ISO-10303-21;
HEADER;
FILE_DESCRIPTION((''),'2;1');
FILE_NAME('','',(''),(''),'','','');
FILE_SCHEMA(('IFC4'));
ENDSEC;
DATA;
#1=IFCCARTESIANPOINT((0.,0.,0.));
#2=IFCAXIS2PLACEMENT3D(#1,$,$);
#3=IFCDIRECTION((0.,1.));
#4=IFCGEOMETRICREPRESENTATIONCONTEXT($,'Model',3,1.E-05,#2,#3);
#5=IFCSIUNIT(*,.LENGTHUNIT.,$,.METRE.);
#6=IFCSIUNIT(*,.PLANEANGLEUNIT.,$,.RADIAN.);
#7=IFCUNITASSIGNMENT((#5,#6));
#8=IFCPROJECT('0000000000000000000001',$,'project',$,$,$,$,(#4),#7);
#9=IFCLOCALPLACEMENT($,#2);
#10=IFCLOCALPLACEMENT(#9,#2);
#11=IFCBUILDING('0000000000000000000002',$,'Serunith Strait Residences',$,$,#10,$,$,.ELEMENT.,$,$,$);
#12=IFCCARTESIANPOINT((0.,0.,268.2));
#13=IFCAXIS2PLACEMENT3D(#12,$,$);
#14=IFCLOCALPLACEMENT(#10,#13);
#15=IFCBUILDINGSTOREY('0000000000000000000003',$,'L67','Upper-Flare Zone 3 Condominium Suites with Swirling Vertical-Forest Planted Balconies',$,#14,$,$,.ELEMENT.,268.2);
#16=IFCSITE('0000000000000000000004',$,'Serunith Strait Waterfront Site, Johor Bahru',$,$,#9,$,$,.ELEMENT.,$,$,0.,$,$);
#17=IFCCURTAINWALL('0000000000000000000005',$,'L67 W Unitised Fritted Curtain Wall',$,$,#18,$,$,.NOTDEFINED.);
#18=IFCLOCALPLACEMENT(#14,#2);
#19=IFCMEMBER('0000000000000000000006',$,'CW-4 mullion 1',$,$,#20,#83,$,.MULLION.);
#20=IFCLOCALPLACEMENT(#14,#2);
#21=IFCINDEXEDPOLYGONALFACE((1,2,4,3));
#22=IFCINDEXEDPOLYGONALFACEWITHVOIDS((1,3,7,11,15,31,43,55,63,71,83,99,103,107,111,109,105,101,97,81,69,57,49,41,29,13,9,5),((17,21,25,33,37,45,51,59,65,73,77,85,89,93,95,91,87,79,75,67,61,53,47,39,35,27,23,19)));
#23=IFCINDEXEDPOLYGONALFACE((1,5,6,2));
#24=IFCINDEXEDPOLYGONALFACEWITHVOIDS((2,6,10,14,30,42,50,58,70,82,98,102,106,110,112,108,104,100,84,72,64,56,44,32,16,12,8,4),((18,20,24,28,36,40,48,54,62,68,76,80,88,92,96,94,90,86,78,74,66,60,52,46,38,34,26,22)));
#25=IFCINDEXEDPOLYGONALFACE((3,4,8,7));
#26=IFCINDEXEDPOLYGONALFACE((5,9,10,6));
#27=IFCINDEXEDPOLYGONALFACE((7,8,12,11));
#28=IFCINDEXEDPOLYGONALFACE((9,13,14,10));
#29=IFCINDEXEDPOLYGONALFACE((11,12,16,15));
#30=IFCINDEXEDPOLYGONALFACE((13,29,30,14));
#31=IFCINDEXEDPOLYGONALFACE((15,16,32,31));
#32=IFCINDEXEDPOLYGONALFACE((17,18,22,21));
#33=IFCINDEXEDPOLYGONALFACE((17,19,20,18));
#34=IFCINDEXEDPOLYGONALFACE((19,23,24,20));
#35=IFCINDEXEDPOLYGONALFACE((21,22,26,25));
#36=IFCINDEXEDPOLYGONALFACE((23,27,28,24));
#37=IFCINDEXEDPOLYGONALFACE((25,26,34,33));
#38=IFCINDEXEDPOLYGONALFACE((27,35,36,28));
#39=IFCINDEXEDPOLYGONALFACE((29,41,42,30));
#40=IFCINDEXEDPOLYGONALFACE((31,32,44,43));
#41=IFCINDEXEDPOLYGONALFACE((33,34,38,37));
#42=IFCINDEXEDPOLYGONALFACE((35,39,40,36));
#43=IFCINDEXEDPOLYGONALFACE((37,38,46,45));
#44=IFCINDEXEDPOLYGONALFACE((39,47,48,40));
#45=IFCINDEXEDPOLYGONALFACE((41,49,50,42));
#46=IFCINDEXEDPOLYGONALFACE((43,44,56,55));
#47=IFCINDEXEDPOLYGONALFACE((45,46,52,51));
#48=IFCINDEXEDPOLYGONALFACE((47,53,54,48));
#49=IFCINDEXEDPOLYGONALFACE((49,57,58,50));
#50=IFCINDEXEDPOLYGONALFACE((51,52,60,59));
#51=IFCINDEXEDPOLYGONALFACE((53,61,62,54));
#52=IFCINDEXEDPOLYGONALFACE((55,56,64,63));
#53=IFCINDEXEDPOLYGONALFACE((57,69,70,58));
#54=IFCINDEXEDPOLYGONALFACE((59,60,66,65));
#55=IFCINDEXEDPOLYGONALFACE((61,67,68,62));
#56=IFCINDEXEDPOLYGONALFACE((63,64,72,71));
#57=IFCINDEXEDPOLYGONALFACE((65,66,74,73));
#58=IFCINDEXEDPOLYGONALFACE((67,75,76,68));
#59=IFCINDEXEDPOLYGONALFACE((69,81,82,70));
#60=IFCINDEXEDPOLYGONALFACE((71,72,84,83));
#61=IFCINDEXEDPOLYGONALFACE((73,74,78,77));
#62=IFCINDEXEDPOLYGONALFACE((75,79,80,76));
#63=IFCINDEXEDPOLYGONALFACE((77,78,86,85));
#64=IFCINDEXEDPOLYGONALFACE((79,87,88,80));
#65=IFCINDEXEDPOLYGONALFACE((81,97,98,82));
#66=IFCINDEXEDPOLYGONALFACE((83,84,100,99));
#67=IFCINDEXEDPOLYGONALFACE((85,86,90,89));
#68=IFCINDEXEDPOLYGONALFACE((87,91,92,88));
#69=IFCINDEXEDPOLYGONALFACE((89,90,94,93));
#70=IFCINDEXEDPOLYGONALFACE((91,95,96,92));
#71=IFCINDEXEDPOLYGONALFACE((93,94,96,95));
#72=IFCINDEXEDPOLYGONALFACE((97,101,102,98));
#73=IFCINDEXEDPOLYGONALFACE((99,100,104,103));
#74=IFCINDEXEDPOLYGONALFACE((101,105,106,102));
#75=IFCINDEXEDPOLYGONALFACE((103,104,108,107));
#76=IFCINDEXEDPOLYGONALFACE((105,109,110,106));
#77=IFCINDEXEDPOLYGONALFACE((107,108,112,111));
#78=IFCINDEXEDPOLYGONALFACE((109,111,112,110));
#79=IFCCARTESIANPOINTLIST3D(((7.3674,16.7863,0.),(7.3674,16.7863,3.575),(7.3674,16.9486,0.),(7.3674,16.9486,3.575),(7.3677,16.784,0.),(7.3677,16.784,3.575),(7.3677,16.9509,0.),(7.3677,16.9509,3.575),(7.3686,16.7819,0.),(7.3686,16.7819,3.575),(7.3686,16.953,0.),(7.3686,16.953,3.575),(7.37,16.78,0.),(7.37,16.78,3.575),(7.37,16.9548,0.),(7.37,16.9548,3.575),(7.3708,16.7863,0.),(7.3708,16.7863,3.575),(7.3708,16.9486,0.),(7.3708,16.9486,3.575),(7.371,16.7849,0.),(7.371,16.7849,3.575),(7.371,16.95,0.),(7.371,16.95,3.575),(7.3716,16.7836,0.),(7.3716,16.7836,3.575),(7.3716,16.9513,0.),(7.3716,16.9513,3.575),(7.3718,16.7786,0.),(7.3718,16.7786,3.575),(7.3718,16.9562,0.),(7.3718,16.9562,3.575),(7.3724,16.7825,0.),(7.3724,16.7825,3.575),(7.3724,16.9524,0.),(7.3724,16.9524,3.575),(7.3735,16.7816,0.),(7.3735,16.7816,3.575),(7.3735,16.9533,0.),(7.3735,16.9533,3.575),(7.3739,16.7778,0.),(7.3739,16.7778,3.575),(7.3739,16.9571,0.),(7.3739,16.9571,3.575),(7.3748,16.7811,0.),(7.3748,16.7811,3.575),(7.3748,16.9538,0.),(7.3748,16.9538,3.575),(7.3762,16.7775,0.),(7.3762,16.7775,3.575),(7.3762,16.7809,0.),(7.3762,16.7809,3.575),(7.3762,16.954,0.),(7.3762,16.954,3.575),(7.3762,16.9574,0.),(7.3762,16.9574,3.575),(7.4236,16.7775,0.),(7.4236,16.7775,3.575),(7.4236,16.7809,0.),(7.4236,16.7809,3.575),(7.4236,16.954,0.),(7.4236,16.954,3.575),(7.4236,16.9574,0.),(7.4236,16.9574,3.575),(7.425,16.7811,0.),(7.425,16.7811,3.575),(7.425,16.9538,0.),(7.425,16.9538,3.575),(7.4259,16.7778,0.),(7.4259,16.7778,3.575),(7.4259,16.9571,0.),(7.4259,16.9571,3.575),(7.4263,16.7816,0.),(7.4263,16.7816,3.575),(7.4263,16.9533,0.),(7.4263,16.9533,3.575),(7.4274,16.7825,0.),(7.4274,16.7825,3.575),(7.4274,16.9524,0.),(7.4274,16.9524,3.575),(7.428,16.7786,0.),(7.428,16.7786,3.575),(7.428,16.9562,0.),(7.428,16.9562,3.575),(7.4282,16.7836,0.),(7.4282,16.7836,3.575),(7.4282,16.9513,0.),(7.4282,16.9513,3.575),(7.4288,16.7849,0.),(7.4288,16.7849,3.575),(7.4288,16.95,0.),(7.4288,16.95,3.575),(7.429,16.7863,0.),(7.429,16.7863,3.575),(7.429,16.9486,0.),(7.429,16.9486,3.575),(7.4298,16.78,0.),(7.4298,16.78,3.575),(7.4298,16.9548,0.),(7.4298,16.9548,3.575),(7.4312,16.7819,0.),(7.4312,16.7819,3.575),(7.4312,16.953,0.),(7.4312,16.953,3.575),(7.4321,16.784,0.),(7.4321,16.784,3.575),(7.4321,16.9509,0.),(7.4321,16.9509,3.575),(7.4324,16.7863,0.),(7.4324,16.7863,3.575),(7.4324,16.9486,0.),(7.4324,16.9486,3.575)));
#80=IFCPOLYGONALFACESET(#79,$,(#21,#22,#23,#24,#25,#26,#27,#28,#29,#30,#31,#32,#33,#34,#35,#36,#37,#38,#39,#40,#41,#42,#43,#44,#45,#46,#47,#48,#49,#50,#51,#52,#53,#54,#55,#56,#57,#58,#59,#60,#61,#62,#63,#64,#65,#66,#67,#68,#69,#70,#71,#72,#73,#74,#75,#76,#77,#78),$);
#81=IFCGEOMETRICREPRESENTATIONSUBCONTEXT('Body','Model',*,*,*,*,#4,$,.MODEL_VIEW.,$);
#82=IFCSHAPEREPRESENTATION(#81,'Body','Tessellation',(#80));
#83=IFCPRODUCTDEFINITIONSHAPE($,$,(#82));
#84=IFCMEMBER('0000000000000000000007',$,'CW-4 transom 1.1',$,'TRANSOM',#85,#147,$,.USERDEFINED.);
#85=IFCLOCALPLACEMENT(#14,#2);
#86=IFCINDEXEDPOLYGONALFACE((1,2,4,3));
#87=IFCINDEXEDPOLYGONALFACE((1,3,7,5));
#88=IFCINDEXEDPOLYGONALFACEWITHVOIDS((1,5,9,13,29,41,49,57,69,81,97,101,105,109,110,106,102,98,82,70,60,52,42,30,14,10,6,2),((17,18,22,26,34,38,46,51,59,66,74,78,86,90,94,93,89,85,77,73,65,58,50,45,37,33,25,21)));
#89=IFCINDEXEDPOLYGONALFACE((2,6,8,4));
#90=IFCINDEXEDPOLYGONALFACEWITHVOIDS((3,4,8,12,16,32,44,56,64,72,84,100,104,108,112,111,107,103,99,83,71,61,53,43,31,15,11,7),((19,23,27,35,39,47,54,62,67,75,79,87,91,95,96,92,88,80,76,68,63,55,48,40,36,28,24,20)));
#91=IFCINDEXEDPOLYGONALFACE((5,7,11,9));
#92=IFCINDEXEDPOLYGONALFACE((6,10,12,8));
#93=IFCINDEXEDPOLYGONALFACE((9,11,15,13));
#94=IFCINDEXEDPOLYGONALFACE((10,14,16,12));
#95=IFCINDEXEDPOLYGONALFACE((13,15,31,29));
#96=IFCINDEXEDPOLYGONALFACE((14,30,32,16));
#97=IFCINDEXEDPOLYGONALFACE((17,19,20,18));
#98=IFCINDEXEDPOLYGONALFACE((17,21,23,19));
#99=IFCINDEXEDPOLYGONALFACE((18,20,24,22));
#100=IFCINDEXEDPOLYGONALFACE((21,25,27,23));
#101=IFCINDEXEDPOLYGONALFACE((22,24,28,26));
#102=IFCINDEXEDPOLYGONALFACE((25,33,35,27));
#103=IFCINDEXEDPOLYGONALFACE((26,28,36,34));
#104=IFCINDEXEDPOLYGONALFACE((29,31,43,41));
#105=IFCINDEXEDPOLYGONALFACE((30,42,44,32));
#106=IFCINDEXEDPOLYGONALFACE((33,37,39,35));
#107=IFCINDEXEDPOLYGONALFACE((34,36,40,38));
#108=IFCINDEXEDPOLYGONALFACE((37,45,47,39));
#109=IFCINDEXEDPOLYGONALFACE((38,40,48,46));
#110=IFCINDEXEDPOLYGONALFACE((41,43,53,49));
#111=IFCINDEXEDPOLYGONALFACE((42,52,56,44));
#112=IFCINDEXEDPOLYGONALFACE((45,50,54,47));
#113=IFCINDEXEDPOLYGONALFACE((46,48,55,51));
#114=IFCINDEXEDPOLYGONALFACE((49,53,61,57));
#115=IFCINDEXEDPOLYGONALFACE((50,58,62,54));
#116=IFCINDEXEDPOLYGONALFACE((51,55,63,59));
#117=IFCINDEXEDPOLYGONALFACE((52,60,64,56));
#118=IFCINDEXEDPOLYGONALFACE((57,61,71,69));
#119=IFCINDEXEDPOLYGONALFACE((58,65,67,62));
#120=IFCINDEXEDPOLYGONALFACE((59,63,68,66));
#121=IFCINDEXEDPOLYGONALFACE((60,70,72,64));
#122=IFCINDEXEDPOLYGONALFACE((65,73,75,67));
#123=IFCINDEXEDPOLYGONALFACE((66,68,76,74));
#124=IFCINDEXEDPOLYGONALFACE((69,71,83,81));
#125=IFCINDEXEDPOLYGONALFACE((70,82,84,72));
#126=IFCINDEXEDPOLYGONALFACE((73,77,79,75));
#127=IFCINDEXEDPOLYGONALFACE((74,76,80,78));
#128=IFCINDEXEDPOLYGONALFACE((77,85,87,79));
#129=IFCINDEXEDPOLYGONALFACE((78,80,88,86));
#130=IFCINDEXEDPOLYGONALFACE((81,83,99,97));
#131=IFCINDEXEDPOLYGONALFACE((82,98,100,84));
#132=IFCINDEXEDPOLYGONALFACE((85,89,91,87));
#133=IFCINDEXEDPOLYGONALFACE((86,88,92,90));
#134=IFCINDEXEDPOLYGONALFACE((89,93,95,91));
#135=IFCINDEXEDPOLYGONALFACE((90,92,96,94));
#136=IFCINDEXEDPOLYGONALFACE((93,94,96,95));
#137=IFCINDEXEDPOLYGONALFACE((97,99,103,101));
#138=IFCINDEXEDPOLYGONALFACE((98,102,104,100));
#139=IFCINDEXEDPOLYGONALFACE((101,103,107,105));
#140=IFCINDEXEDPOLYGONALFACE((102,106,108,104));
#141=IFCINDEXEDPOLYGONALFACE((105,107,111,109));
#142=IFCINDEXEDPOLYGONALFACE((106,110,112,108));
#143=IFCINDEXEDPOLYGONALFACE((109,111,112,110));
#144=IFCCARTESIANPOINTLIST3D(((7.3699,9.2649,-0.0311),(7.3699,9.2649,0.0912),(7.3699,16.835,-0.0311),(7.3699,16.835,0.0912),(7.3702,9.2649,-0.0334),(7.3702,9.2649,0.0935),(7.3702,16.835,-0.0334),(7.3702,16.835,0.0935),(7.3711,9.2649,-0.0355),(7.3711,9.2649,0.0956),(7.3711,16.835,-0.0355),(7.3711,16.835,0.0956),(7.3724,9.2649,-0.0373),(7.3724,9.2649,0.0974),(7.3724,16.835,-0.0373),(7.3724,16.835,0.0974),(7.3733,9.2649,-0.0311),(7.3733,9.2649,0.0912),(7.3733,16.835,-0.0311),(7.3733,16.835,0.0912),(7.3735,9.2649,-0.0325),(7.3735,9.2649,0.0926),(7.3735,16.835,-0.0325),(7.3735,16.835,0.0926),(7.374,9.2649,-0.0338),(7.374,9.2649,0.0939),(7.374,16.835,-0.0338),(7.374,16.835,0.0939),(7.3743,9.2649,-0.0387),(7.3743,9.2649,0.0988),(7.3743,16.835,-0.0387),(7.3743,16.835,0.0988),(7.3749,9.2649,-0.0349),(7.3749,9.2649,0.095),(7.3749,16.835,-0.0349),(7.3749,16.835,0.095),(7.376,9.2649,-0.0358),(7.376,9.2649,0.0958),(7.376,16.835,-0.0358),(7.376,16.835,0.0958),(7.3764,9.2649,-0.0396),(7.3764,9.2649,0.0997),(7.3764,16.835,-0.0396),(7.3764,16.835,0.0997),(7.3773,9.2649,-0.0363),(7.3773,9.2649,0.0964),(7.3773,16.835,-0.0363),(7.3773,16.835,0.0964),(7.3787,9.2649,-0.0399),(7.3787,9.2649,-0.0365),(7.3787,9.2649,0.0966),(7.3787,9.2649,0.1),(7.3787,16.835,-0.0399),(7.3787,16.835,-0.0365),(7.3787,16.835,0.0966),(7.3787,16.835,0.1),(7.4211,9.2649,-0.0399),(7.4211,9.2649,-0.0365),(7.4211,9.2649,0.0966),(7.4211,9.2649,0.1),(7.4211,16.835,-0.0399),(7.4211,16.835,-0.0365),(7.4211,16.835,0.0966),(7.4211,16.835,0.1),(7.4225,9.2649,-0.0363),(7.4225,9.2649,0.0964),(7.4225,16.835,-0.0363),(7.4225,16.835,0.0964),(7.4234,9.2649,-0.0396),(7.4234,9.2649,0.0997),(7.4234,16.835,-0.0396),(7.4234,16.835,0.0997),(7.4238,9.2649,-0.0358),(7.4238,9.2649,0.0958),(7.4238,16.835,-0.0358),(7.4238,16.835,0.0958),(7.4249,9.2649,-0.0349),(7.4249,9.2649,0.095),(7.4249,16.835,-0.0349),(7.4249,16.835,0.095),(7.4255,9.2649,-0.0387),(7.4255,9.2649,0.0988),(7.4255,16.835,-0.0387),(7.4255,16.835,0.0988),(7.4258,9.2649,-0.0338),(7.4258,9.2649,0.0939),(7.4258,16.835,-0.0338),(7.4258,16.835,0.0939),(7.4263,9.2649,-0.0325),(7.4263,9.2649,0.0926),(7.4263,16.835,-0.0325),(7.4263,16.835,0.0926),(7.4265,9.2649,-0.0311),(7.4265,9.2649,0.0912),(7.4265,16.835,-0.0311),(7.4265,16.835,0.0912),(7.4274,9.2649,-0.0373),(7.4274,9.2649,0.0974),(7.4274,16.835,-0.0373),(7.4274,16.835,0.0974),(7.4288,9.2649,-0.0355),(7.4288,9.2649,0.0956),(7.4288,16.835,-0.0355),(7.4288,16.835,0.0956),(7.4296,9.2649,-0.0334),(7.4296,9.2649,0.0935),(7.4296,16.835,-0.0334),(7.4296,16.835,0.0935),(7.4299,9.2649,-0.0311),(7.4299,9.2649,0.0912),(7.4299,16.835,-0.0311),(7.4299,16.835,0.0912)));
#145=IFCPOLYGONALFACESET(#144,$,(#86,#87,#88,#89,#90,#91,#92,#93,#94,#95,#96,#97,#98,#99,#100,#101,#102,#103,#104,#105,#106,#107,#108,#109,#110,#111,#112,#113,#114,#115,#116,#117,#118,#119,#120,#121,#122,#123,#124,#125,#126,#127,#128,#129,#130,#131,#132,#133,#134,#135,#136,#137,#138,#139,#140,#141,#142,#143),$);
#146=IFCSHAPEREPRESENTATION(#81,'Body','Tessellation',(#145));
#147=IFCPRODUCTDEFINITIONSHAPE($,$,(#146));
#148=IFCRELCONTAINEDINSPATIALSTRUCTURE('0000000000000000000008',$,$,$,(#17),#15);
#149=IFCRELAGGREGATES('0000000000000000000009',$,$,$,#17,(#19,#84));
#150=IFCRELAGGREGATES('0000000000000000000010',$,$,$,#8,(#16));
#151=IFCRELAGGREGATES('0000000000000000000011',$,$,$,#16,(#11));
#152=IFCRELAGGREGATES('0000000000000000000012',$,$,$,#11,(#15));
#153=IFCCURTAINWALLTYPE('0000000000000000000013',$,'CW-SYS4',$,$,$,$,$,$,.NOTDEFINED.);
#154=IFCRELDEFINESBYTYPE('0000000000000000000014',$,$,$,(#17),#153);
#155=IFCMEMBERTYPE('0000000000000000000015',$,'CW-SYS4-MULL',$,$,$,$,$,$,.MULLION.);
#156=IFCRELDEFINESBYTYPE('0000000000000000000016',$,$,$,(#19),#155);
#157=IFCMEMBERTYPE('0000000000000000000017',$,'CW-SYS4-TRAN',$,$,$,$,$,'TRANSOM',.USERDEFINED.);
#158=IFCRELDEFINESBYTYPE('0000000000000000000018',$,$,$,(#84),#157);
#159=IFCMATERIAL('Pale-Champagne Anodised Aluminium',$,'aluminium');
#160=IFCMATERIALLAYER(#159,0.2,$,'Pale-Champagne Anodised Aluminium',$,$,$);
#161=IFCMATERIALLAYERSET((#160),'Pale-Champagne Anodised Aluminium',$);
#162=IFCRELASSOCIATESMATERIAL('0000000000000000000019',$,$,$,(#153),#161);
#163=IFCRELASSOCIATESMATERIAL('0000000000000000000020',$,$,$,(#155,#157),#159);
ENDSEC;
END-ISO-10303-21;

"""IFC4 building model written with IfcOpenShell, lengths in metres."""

from ifc_helpers import new_model, si_unit, direction, frame, origin, origin_2d, place, context, subcontext, project, spatial, hollow_rectangle, extrude, source, transform, mapped, material, layer, layer_set, material_profile, profile_set, type_object, element, aggregate, save


model = new_model("IFC4")

# Units and contexts
model_context = context("Model", 3, precision=1e-05, world=origin(), true_north=direction((0.0, 1.0)))
body_context = subcontext(model_context, "Body", "Model", "MODEL_VIEW")
ifc_project = project(units=[si_unit("LENGTHUNIT", "METRE"), si_unit("PLANEANGLEUNIT", "RADIAN")], contexts=[model_context])

# Site, building, storey
site_placement = place(None, origin())
site = spatial("IfcSite", under=ifc_project, at=site_placement, Name="Serunith Strait Waterfront Site, Johor Bahru", CompositionType="ELEMENT", RefElevation=0.0)
building_placement = place(site_placement, origin())
building = spatial("IfcBuilding", under=site, at=building_placement, Name="Serunith Strait Residences", CompositionType="ELEMENT")
storey_placement = place(building_placement, frame((0.0, 0.0, 268.2)))
storey = spatial("IfcBuildingStorey", under=building, at=storey_placement, Name="L67", Description="Upper-Flare Zone 3 Condominium Suites with Swirling Vertical-Forest Planted Balconies", CompositionType="ELEMENT", Elevation=268.2)

# Shared definitions
ifc_material_1 = material(Name="Pale-Champagne Anodised Aluminium", Category="aluminium")
ifc_layer_1 = layer(ifc_material_1, 0.2, Name="Pale-Champagne Anodised Aluminium")
ifc_layer_set_1 = layer_set([ifc_layer_1], Name="Pale-Champagne Anodised Aluminium")
curtain_wall_type = type_object("IfcCurtainWallType", Name="CW-SYS4", PredefinedType="NOTDEFINED", material=ifc_layer_set_1)
ifc_material_profile_1 = material_profile(ifc_material_1, hollow_rectangle(XDim=0.0649, YDim=0.1799, WallThickness=0.0034, InnerFilletRadius=0.0054, OuterFilletRadius=0.0088, at=origin_2d()), Name="ALU 180x65x3.5")
ifc_profile_set_1 = profile_set([ifc_material_profile_1], Name="Pale-Champagne Anodised Aluminium")
member_type_1 = type_object("IfcMemberType", Name="CW-SYS4-MULL", PredefinedType="MULLION", material=ifc_profile_set_1)
shared_shape_1 = source(origin(), body_context, "Body", "SweptSolid", [
    extrude(hollow_rectangle(XDim=0.0649, YDim=0.1799, WallThickness=0.0034, InnerFilletRadius=0.0054, OuterFilletRadius=0.0088, at=origin_2d()), origin(), (0.0, 0.0, 1.0), 3.575),
])

# Curtain wall, members
curtain_wall_1_placement = place(storey_placement, origin())
curtain_wall_1 = element("IfcCurtainWall", 1, at=curtain_wall_1_placement, inside=storey, type_object=curtain_wall_type, Name="L67 W Unitised Fritted Curtain Wall", PredefinedType="NOTDEFINED")
member_1_placement = place(storey_placement, frame((7.3999, 16.8674, 0.0), z_axis=(0.0, 0.0, 1.0), x_axis=(1.0, 0.0, 0.0)))
member_1 = element("IfcMember", 2, at=member_1_placement, type_object=member_type_1, Name="CW-4 mullion 1", PredefinedType="MULLION", context=body_context, shape_type="MappedRepresentation", body=[
    mapped(shared_shape_1, transform((0.0, 0.0, 0.0), scale=1.0)),
])
ifc_material_profile_2 = material_profile(ifc_material_1, hollow_rectangle(XDim=0.0601, YDim=0.1399, WallThickness=0.0034, InnerFilletRadius=0.0054, OuterFilletRadius=0.0088, at=origin_2d()), Name="ALU 140x60x3.5")
ifc_profile_set_2 = profile_set([ifc_material_profile_2], Name="Pale-Champagne Anodised Aluminium")
member_type_2 = type_object("IfcMemberType", Name="CW-SYS4-TRAN", ElementType="TRANSOM", PredefinedType="USERDEFINED", material=ifc_profile_set_2)
shared_shape_2 = source(origin(), body_context, "Body", "SweptSolid", [
    extrude(hollow_rectangle(XDim=0.0601, YDim=0.1399, WallThickness=0.0034, InnerFilletRadius=0.0054, OuterFilletRadius=0.0088, at=origin_2d()), origin(), (0.0, 0.0, 1.0), 7.5701),
])
member_2_placement = place(storey_placement, frame((7.3999, 16.835, 0.03), z_axis=(0.0, -1.0, 0.0), x_axis=(1.0, 0.0, 0.0)))
member_2 = element("IfcMember", 3, at=member_2_placement, type_object=member_type_2, Name="CW-4 transom 1.1", ObjectType="TRANSOM", PredefinedType="USERDEFINED", context=body_context, shape_type="MappedRepresentation", body=[
    mapped(shared_shape_2, transform((0.0, 0.0, 0.0), scale=1.0)),
])

aggregate(curtain_wall_1, [member_1, member_2])

save(model, "model.ifc")
